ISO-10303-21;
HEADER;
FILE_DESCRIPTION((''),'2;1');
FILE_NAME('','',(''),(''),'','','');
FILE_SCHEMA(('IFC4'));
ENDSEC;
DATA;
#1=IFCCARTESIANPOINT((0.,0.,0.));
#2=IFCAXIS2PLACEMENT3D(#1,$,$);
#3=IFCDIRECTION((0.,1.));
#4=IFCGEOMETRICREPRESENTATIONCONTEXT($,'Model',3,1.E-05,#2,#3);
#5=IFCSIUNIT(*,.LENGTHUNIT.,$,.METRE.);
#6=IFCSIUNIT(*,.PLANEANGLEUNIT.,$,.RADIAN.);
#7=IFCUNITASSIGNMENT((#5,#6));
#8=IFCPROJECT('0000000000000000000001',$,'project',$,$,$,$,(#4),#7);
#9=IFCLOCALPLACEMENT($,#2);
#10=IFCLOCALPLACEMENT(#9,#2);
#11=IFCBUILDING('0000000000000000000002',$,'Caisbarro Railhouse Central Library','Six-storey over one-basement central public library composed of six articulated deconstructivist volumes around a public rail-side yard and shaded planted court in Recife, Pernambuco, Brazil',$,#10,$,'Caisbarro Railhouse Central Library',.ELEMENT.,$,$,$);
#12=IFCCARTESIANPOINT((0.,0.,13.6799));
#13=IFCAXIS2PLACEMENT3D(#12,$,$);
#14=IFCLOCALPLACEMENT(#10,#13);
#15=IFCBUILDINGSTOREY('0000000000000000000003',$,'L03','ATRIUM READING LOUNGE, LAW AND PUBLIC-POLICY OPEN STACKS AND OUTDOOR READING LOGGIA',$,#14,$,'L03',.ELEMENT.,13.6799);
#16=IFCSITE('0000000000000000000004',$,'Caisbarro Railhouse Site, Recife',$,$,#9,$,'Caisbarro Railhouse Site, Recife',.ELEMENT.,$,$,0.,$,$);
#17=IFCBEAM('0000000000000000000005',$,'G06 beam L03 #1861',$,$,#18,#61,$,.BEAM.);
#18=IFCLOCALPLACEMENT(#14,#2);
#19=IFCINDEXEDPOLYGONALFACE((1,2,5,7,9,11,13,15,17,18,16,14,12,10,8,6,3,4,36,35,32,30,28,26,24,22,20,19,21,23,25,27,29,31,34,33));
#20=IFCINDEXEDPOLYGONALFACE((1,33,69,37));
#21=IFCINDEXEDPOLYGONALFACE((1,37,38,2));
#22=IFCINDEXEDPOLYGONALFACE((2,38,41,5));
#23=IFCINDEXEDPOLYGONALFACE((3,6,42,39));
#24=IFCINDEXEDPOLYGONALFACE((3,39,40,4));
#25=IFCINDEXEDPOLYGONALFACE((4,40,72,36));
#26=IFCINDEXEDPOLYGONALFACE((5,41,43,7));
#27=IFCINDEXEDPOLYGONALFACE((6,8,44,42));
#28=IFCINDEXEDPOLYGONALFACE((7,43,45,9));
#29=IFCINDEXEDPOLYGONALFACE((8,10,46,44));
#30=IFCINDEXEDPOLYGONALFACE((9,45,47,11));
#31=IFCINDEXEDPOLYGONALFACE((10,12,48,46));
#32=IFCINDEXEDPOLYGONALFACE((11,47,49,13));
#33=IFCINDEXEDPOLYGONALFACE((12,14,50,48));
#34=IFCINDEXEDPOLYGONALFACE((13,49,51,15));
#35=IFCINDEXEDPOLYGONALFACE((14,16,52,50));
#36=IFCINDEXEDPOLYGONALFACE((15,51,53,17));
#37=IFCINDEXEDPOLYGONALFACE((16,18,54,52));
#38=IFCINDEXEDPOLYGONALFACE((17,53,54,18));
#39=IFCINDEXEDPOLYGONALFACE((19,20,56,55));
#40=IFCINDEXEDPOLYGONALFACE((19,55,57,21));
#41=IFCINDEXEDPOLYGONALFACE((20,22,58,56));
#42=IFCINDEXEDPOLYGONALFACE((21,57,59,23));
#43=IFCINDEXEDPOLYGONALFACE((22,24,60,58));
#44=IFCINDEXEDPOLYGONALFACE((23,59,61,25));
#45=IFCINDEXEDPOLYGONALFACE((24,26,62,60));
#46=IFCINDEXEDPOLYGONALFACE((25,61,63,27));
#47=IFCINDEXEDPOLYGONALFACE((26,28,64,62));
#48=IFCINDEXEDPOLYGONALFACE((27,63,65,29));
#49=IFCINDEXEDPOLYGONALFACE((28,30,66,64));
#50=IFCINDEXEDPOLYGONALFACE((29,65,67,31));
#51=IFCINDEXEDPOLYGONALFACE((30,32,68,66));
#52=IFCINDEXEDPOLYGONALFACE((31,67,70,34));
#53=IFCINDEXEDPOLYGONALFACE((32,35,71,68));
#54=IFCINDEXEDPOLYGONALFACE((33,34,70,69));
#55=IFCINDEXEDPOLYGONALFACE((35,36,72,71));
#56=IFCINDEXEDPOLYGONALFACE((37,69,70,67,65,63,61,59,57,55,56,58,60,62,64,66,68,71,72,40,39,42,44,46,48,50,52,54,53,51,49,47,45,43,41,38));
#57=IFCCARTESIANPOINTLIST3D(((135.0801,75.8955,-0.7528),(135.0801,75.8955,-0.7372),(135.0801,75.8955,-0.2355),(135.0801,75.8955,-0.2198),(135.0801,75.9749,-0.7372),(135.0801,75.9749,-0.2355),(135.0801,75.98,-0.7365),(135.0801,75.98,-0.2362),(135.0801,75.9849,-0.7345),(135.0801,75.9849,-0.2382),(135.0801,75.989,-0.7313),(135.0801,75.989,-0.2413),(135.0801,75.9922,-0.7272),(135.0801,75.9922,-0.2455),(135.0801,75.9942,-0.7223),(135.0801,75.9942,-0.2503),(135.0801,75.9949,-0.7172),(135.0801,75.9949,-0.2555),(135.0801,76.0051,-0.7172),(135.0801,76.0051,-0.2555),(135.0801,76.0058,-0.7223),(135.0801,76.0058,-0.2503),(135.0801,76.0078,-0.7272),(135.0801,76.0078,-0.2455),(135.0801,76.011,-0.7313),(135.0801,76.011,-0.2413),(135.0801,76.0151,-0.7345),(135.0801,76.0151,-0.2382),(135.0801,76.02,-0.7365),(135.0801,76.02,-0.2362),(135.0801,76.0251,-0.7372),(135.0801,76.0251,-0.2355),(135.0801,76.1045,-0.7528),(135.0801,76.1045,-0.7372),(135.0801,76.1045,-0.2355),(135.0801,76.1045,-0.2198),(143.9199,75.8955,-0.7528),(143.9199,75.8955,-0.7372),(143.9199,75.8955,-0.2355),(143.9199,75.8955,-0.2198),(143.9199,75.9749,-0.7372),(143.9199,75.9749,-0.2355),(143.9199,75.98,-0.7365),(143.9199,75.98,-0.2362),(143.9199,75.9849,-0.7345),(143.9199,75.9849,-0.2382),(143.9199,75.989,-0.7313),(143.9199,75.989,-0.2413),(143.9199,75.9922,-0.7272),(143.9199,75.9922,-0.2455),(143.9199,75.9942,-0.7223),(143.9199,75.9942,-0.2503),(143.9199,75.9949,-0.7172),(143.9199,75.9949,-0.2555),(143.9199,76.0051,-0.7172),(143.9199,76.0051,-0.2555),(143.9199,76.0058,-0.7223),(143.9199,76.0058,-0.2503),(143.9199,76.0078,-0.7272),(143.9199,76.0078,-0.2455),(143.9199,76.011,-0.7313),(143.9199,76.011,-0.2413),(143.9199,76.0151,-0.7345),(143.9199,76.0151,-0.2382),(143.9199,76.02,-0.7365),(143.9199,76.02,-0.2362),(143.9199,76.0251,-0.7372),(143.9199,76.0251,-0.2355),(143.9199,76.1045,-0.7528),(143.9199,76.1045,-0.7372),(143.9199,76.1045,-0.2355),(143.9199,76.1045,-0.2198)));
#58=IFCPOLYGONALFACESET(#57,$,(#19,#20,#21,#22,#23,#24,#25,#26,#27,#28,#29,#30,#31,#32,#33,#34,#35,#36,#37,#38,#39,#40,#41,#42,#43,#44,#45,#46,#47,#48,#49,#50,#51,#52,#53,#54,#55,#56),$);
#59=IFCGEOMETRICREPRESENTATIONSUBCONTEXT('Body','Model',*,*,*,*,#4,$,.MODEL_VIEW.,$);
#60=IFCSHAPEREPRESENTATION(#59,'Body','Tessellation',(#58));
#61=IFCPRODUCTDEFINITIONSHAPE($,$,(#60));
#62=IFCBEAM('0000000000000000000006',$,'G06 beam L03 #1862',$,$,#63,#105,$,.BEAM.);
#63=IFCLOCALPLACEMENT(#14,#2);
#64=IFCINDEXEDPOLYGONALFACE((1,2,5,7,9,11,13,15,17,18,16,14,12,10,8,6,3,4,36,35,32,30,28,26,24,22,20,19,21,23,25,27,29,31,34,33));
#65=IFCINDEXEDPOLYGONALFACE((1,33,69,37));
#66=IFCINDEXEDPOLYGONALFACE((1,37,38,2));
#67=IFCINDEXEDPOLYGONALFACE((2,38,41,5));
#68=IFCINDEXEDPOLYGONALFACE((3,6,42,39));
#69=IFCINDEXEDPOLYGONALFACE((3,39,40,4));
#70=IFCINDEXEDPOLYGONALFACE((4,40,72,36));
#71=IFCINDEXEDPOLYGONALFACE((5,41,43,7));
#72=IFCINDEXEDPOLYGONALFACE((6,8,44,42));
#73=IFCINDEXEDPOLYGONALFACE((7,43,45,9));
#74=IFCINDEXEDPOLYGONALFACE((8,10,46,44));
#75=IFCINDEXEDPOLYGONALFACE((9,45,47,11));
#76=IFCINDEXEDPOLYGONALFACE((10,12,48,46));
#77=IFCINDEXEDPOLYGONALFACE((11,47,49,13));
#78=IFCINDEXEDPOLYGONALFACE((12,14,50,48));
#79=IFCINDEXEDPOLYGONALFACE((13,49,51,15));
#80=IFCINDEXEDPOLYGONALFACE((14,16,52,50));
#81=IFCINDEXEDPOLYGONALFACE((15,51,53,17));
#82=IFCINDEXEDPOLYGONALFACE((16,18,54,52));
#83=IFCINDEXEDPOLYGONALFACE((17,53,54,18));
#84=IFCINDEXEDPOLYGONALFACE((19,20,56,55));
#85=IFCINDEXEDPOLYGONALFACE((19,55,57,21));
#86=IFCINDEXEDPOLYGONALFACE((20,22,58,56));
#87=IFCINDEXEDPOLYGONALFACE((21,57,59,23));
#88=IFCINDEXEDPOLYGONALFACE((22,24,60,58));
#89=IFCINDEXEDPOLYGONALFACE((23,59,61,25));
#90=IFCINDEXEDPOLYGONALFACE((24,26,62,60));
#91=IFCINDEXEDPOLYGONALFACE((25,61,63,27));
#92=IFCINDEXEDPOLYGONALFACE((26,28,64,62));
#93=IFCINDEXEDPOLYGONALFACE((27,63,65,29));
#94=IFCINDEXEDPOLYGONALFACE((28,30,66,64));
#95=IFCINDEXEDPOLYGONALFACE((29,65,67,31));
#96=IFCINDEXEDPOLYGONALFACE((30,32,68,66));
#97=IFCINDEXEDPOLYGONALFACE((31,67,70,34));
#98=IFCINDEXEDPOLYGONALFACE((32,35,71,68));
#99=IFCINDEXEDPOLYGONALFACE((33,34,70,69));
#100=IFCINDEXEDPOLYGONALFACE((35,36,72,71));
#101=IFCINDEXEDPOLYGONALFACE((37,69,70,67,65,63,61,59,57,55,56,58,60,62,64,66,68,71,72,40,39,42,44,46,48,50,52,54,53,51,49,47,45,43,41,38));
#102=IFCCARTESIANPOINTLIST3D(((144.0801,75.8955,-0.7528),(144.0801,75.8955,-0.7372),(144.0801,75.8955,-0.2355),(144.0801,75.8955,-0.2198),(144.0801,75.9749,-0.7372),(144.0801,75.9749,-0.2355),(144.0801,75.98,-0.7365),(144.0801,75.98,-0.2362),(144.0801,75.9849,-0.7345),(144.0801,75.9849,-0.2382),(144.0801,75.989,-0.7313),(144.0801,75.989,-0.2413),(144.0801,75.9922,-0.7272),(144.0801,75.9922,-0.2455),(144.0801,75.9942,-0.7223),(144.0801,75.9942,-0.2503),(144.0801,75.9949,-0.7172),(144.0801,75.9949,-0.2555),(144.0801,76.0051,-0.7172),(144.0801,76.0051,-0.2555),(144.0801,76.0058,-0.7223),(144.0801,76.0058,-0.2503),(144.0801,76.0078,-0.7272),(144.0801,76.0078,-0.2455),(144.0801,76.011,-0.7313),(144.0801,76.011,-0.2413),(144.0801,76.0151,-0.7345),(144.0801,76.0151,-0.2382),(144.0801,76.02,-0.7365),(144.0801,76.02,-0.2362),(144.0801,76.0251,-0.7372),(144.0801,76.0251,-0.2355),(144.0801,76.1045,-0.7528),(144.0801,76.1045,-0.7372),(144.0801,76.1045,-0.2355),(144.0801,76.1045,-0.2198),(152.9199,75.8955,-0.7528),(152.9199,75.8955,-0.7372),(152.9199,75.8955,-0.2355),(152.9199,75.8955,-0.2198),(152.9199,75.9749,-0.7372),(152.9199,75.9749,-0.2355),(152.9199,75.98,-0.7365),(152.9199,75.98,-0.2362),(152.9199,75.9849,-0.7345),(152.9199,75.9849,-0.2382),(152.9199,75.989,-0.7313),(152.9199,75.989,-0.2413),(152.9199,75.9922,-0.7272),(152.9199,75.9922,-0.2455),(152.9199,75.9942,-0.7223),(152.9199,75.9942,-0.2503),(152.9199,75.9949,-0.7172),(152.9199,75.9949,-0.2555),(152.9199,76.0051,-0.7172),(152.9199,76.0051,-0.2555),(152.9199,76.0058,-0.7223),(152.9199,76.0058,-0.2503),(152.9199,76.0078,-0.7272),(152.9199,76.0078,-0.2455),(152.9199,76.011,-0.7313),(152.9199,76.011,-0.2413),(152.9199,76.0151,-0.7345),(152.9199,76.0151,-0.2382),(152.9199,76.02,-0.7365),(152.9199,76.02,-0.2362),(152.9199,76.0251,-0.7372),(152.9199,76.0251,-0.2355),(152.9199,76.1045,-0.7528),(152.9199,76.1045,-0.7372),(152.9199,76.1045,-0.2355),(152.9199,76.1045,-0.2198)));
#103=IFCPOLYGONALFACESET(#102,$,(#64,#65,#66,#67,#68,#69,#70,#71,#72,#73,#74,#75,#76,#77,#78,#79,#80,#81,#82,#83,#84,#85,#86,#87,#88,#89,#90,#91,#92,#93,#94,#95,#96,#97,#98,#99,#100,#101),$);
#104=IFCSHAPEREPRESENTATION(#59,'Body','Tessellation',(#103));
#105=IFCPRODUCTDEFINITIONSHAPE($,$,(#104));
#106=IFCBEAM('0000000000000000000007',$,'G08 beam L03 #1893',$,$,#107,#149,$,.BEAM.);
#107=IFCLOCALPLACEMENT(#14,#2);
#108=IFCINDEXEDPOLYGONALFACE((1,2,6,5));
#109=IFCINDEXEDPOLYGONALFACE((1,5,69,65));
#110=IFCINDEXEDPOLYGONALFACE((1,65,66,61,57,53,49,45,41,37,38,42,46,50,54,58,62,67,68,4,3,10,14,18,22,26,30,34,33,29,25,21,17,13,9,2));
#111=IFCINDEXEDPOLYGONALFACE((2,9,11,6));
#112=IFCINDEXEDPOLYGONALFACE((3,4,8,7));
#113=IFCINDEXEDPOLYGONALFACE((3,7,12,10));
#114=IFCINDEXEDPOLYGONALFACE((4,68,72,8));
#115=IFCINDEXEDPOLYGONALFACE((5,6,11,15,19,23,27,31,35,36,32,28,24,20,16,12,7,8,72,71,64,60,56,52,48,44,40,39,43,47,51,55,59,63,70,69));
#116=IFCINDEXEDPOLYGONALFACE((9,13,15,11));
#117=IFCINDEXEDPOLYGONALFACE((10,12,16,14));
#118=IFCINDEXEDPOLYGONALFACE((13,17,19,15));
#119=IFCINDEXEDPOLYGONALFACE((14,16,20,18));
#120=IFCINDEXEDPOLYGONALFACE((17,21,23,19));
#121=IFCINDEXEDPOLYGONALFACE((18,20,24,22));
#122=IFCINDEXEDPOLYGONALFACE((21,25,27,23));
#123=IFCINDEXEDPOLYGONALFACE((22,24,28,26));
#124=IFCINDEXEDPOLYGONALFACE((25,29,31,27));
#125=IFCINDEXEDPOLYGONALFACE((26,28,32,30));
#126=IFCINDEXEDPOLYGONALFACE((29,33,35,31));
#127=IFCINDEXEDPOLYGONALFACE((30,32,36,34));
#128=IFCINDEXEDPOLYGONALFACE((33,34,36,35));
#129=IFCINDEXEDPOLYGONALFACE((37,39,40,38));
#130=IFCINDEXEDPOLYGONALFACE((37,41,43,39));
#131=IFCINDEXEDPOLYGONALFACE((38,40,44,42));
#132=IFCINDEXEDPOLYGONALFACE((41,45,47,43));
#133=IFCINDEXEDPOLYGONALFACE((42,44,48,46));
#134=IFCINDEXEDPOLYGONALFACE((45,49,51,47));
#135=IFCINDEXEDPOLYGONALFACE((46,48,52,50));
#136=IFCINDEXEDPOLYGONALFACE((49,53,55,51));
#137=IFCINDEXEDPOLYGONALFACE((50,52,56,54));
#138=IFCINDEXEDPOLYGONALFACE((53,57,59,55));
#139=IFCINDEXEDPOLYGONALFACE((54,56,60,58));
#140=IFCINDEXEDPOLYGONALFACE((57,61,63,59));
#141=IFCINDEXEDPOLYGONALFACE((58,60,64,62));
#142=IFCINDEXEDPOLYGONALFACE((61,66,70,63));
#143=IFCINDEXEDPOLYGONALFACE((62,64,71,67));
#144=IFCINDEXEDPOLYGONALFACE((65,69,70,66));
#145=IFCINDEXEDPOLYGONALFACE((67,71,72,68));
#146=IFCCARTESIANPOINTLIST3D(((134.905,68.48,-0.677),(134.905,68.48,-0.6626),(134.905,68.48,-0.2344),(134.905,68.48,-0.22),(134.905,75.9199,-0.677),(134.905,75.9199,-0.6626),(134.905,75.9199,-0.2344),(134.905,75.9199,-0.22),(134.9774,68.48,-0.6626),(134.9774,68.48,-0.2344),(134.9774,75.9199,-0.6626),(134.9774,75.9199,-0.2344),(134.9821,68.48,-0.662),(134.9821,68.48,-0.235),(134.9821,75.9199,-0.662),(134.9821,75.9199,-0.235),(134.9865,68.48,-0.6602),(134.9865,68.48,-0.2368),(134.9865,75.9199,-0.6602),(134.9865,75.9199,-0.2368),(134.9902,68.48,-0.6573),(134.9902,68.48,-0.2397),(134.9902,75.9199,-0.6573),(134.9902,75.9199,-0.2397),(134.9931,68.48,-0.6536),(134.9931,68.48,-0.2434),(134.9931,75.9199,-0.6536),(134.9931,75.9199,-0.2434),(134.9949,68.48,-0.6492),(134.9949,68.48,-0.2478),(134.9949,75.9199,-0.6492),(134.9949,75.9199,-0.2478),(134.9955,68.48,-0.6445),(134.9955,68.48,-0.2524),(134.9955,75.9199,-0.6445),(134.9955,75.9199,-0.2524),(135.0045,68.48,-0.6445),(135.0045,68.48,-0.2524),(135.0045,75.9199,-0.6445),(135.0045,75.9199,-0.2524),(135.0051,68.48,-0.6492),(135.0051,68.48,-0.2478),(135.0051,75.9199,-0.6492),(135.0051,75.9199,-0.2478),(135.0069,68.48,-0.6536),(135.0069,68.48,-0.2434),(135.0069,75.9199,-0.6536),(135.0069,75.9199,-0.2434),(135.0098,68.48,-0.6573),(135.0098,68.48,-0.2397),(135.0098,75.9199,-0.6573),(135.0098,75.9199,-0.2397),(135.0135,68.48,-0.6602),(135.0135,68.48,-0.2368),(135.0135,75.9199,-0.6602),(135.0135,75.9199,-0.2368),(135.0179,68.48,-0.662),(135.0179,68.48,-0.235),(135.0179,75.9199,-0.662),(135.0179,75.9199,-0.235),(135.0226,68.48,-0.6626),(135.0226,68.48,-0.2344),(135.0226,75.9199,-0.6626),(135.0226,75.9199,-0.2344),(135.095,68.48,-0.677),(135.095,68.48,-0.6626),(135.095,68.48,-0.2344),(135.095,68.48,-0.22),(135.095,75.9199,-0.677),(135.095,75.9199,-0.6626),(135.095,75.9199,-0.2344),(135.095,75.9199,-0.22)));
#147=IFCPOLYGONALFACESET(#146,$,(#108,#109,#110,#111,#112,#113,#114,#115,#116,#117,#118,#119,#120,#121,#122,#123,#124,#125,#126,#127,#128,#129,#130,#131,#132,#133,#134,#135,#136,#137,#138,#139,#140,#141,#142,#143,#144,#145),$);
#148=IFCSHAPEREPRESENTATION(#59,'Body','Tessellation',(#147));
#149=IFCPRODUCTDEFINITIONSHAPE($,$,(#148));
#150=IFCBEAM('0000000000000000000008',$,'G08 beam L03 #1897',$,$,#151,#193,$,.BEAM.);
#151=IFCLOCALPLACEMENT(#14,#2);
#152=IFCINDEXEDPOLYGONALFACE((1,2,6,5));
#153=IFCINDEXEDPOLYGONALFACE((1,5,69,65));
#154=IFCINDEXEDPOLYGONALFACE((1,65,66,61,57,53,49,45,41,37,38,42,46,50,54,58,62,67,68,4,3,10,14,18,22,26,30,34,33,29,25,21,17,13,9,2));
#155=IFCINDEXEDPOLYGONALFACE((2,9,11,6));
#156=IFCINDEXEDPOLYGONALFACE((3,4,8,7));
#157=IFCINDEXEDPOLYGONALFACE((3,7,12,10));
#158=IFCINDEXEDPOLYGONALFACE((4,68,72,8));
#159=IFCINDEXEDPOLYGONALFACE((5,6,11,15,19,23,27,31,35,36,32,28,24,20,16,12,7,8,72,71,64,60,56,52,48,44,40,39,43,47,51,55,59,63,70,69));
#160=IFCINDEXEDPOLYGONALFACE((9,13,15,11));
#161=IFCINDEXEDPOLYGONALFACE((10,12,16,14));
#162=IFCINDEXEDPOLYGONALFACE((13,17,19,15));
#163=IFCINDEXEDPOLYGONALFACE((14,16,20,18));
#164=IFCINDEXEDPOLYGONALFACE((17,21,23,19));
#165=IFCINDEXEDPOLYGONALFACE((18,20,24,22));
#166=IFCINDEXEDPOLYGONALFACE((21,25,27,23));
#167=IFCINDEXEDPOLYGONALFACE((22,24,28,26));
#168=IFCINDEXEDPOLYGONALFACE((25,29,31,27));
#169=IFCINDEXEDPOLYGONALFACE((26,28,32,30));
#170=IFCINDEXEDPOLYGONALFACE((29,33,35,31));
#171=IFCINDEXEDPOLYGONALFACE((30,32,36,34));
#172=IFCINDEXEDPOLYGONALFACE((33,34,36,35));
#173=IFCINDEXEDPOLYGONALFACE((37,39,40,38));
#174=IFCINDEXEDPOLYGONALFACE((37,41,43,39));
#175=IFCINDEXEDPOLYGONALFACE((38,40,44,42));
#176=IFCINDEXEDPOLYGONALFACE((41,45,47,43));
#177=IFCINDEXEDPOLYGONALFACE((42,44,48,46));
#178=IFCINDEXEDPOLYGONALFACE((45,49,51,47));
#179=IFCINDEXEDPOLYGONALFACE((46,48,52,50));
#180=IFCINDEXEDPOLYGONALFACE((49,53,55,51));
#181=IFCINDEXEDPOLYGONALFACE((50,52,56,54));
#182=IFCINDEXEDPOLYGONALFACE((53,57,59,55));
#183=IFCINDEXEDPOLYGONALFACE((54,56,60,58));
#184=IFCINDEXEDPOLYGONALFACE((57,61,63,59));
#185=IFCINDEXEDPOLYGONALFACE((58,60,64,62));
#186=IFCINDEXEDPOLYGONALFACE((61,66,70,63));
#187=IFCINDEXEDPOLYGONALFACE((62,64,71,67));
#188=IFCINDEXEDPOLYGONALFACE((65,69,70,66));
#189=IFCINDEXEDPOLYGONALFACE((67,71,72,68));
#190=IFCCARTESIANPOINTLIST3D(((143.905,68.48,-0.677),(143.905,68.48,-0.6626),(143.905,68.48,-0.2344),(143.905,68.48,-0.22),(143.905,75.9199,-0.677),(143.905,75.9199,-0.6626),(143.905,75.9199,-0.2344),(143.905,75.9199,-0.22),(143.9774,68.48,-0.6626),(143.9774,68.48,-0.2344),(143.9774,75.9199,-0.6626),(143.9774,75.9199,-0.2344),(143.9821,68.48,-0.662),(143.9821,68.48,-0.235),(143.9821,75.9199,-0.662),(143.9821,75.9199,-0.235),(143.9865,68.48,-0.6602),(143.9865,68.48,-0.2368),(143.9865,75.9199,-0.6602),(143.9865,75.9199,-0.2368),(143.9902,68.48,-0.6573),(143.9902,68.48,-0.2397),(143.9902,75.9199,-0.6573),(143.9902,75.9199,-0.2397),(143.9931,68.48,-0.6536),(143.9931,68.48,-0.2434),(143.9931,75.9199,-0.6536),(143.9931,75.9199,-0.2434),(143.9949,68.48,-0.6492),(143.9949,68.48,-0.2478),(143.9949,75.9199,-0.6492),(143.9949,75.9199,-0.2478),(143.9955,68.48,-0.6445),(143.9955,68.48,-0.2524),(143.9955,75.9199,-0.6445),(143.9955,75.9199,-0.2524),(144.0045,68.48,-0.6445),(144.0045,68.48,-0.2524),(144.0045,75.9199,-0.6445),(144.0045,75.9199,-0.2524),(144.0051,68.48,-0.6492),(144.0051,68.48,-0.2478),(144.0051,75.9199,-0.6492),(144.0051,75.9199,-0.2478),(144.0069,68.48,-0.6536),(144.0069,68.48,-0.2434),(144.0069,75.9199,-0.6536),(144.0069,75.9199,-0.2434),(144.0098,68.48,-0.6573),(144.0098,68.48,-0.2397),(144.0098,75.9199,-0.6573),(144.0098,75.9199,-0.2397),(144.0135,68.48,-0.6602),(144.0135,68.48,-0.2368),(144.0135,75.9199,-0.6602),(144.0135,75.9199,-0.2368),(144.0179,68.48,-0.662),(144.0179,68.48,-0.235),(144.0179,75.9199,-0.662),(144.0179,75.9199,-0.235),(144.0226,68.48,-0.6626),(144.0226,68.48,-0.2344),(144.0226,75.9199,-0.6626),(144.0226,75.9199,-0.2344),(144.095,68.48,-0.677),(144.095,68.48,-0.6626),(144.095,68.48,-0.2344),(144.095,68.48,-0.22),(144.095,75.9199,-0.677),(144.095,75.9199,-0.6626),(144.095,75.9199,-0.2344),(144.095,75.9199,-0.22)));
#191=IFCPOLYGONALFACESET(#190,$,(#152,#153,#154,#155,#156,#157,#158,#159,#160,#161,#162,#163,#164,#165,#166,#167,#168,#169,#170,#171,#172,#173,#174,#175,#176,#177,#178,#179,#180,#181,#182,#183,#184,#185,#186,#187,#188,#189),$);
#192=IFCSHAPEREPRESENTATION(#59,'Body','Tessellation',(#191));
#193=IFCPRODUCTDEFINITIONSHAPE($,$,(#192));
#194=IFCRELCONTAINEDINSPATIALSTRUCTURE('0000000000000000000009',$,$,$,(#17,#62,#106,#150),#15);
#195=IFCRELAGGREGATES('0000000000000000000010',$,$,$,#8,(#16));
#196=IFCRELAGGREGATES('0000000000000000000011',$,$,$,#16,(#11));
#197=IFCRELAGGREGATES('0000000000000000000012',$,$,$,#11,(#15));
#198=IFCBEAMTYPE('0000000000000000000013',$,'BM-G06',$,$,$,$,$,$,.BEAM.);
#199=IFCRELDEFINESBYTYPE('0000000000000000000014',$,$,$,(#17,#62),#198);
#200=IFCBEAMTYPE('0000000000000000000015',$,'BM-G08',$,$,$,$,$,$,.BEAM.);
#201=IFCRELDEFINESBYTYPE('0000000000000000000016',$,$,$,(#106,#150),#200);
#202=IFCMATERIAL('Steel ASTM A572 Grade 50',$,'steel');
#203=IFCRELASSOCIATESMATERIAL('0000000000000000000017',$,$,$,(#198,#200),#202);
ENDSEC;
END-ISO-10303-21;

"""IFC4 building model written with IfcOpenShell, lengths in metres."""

from ifc_helpers import new_model, si_unit, direction, frame, origin, origin_2d, place, context, subcontext, project, spatial, i_section, extrude, material, material_profile, profile_set, type_object, element, save


model = new_model("IFC4")

# Units and contexts
model_context = context("Model", 3, precision=1e-05, world=origin(), true_north=direction((0.0, 1.0)))
body_context = subcontext(model_context, "Body", "Model", "MODEL_VIEW")
ifc_project = project(units=[si_unit("LENGTHUNIT", "METRE"), si_unit("PLANEANGLEUNIT", "RADIAN")], contexts=[model_context])

# Site, building, storey
site_placement = place(None, origin())
site = spatial("IfcSite", under=ifc_project, at=site_placement, Name="Caisbarro Railhouse Site, Recife", LongName="Caisbarro Railhouse Site, Recife", CompositionType="ELEMENT", RefElevation=0.0)
building_placement = place(site_placement, origin())
building = spatial("IfcBuilding", under=site, at=building_placement, Name="Caisbarro Railhouse Central Library", Description="Six-storey over one-basement central public library composed of six articulated deconstructivist volumes around a public rail-side yard and shaded planted court in Recife, Pernambuco, Brazil", LongName="Caisbarro Railhouse Central Library", CompositionType="ELEMENT")
storey_placement = place(building_placement, frame((0.0, 0.0, 13.6799)))
storey = spatial("IfcBuildingStorey", under=building, at=storey_placement, Name="L03", Description="ATRIUM READING LOUNGE, LAW AND PUBLIC-POLICY OPEN STACKS AND OUTDOOR READING LOGGIA", LongName="L03", CompositionType="ELEMENT", Elevation=13.6799)

# Shared definitions
ifc_material_1 = material(Name="Steel ASTM A572 Grade 50", Category="steel")

# Beams
ifc_material_profile_1 = material_profile(ifc_material_1, i_section(OverallWidth=0.209, OverallDepth=0.533, WebThickness=0.0103, FlangeThickness=0.0156, FilletRadius=0.02, at=origin_2d()), Name="W530X92.0")
ifc_profile_set_1 = profile_set([ifc_material_profile_1], Name="Steel ASTM A572 Grade 50")
beam_type_1 = type_object("IfcBeamType", Name="BM-G06", PredefinedType="BEAM", material=ifc_profile_set_1)
for number, where, z_axis, x_axis, name in (
    (1, (135.0801, 76.0, -0.4863), (1.0, 0.0, 0.0), (0.0, 1.0, 0.0), "G06 beam L03 #1861"),
    (2, (144.0801, 76.0, -0.4863), (1.0, 0.0, 0.0), (0.0, 1.0, 0.0), "G06 beam L03 #1862"),
):
    element("IfcBeam", number, at=place(storey_placement, frame(where, z_axis=z_axis, x_axis=x_axis)), inside=storey, type_object=beam_type_1, Name=name, PredefinedType="BEAM", context=body_context, shape_type="SweptSolid", body=[
        extrude(i_section(OverallWidth=0.209, OverallDepth=0.533, WebThickness=0.0103, FlangeThickness=0.0156, FilletRadius=0.02, at=origin_2d()), origin(), (0.0, 0.0, 1.0), 8.8398),
    ])
ifc_material_profile_2 = material_profile(ifc_material_1, i_section(OverallWidth=0.1899, OverallDepth=0.457, WebThickness=0.009, FlangeThickness=0.0144, FilletRadius=0.0181, at=origin_2d()), Name="W460X74.0")
ifc_profile_set_2 = profile_set([ifc_material_profile_2], Name="Steel ASTM A572 Grade 50")
beam_type_2 = type_object("IfcBeamType", Name="BM-G08", PredefinedType="BEAM", material=ifc_profile_set_2)
for number, where, z_axis, x_axis, name in (
    (3, (135.0, 68.48, -0.4485), (0.0, 1.0, 0.0), (-1.0, 0.0, 0.0), "G08 beam L03 #1893"),
    (4, (144.0, 68.48, -0.4485), (0.0, 1.0, 0.0), (-1.0, 0.0, 0.0), "G08 beam L03 #1897"),
):
    element("IfcBeam", number, at=place(storey_placement, frame(where, z_axis=z_axis, x_axis=x_axis)), inside=storey, type_object=beam_type_2, Name=name, PredefinedType="BEAM", context=body_context, shape_type="SweptSolid", body=[
        extrude(i_section(OverallWidth=0.1899, OverallDepth=0.457, WebThickness=0.009, FlangeThickness=0.0144, FilletRadius=0.0181, at=origin_2d()), origin(), (0.0, 0.0, 1.0), 7.4399),
    ])

save(model, "model.ifc")
